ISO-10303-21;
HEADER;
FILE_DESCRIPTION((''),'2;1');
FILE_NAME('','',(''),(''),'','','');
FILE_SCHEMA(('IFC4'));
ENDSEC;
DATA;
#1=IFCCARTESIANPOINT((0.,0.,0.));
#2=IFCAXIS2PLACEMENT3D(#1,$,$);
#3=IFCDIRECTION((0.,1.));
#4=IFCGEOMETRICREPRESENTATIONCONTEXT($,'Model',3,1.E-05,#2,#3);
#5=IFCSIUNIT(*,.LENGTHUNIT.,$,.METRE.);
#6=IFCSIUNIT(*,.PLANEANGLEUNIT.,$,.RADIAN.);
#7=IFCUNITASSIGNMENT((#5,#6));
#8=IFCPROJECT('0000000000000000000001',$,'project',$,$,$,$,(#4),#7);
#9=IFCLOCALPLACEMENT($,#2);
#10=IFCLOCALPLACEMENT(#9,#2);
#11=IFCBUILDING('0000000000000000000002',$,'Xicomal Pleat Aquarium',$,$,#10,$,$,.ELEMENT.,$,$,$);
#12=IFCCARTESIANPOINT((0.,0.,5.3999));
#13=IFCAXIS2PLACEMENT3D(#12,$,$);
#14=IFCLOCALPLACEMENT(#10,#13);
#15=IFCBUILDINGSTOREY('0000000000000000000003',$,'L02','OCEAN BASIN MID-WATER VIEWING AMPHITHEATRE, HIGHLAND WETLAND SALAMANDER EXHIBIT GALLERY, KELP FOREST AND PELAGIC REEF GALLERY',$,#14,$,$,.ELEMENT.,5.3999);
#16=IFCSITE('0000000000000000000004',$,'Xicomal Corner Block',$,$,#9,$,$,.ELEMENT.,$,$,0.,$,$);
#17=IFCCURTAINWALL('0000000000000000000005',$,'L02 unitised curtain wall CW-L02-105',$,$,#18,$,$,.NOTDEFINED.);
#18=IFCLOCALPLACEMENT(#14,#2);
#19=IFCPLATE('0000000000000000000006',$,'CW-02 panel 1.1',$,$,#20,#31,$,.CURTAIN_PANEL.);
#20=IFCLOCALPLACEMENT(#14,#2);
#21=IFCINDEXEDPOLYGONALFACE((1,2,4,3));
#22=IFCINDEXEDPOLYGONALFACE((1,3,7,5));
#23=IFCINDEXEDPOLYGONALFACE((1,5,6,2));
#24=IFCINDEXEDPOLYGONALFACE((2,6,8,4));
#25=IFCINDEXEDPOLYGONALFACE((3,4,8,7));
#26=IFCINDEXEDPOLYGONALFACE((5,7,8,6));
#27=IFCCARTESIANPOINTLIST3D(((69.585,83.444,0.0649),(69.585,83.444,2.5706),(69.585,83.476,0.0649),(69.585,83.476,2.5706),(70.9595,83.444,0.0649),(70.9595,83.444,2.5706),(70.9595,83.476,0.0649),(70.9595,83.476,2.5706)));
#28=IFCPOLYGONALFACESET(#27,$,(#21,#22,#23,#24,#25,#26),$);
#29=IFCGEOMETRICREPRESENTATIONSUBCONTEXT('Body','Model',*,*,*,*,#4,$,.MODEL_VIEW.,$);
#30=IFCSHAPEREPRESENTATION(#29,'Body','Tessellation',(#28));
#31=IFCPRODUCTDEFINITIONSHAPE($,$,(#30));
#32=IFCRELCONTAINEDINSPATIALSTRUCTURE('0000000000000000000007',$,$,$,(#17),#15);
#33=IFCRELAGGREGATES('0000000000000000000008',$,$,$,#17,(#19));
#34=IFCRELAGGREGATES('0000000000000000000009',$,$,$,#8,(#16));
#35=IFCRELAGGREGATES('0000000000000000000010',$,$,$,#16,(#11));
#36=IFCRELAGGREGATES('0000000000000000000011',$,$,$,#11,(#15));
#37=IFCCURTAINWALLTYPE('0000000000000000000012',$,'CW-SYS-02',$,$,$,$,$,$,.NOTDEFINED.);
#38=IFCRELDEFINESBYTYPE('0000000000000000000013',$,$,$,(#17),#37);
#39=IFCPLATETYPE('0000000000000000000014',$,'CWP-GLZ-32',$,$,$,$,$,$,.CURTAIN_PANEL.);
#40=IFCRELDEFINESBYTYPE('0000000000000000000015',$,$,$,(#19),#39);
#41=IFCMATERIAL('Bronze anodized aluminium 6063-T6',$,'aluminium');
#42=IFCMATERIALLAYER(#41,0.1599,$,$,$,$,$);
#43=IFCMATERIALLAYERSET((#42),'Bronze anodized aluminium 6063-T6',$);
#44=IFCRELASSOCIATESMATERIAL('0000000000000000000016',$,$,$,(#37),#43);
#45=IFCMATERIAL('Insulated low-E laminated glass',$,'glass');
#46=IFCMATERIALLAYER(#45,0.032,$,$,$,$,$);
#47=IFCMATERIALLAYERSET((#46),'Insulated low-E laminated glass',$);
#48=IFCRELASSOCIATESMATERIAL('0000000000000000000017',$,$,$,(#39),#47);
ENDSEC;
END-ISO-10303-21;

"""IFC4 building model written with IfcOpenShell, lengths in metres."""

from ifc_helpers import new_model, si_unit, direction, frame, origin, origin_2d, place, context, subcontext, project, spatial, rectangle, extrude, material, layer, layer_set, type_object, element, aggregate, save


model = new_model("IFC4")

# Units and contexts
model_context = context("Model", 3, precision=1e-05, world=origin(), true_north=direction((0.0, 1.0)))
body_context = subcontext(model_context, "Body", "Model", "MODEL_VIEW")
ifc_project = project(units=[si_unit("LENGTHUNIT", "METRE"), si_unit("PLANEANGLEUNIT", "RADIAN")], contexts=[model_context])

# Site, building, storey
site_placement = place(None, origin())
site = spatial("IfcSite", under=ifc_project, at=site_placement, Name="Xicomal Corner Block", CompositionType="ELEMENT", RefElevation=0.0)
building_placement = place(site_placement, origin())
building = spatial("IfcBuilding", under=site, at=building_placement, Name="Xicomal Pleat Aquarium", CompositionType="ELEMENT")
storey_placement = place(building_placement, frame((0.0, 0.0, 5.3999)))
storey = spatial("IfcBuildingStorey", under=building, at=storey_placement, Name="L02", Description="OCEAN BASIN MID-WATER VIEWING AMPHITHEATRE, HIGHLAND WETLAND SALAMANDER EXHIBIT GALLERY, KELP FOREST AND PELAGIC REEF GALLERY", CompositionType="ELEMENT", Elevation=5.3999)

# Curtain wall
ifc_material_1 = material(Name="Bronze anodized aluminium 6063-T6", Category="aluminium")
ifc_layer_1 = layer(ifc_material_1, 0.1599)
ifc_layer_set_1 = layer_set([ifc_layer_1], Name="Bronze anodized aluminium 6063-T6")
curtain_wall_type_1 = type_object("IfcCurtainWallType", Name="CW-SYS-02", PredefinedType="NOTDEFINED", material=ifc_layer_set_1)
curtain_wall_1_placement = place(storey_placement, origin())
curtain_wall_1 = element("IfcCurtainWall", 1, at=curtain_wall_1_placement, inside=storey, type_object=curtain_wall_type_1, Name="L02 unitised curtain wall CW-L02-105", PredefinedType="NOTDEFINED")

# Plate
ifc_material_2 = material(Name="Insulated low-E laminated glass", Category="glass")
ifc_layer_2 = layer(ifc_material_2, 0.032)
ifc_layer_set_2 = layer_set([ifc_layer_2], Name="Insulated low-E laminated glass")
plate_type_1 = type_object("IfcPlateType", Name="CWP-GLZ-32", PredefinedType="CURTAIN_PANEL", material=ifc_layer_set_2)
plate_1_placement = place(storey_placement, frame((70.2722, 83.46, 0.0649), z_axis=(0.0, 0.0, 1.0), x_axis=(1.0, 0.0, 0.0)))
plate_1 = element("IfcPlate", 2, at=plate_1_placement, type_object=plate_type_1, Name="CW-02 panel 1.1", PredefinedType="CURTAIN_PANEL", context=body_context, shape_type="SweptSolid", body=[
    extrude(rectangle(XDim=1.3745, YDim=0.032, at=origin_2d()), origin(), (0.0, 0.0, 1.0), 2.5056),
])
aggregate(curtain_wall_1, [plate_1])

save(model, "model.ifc")
